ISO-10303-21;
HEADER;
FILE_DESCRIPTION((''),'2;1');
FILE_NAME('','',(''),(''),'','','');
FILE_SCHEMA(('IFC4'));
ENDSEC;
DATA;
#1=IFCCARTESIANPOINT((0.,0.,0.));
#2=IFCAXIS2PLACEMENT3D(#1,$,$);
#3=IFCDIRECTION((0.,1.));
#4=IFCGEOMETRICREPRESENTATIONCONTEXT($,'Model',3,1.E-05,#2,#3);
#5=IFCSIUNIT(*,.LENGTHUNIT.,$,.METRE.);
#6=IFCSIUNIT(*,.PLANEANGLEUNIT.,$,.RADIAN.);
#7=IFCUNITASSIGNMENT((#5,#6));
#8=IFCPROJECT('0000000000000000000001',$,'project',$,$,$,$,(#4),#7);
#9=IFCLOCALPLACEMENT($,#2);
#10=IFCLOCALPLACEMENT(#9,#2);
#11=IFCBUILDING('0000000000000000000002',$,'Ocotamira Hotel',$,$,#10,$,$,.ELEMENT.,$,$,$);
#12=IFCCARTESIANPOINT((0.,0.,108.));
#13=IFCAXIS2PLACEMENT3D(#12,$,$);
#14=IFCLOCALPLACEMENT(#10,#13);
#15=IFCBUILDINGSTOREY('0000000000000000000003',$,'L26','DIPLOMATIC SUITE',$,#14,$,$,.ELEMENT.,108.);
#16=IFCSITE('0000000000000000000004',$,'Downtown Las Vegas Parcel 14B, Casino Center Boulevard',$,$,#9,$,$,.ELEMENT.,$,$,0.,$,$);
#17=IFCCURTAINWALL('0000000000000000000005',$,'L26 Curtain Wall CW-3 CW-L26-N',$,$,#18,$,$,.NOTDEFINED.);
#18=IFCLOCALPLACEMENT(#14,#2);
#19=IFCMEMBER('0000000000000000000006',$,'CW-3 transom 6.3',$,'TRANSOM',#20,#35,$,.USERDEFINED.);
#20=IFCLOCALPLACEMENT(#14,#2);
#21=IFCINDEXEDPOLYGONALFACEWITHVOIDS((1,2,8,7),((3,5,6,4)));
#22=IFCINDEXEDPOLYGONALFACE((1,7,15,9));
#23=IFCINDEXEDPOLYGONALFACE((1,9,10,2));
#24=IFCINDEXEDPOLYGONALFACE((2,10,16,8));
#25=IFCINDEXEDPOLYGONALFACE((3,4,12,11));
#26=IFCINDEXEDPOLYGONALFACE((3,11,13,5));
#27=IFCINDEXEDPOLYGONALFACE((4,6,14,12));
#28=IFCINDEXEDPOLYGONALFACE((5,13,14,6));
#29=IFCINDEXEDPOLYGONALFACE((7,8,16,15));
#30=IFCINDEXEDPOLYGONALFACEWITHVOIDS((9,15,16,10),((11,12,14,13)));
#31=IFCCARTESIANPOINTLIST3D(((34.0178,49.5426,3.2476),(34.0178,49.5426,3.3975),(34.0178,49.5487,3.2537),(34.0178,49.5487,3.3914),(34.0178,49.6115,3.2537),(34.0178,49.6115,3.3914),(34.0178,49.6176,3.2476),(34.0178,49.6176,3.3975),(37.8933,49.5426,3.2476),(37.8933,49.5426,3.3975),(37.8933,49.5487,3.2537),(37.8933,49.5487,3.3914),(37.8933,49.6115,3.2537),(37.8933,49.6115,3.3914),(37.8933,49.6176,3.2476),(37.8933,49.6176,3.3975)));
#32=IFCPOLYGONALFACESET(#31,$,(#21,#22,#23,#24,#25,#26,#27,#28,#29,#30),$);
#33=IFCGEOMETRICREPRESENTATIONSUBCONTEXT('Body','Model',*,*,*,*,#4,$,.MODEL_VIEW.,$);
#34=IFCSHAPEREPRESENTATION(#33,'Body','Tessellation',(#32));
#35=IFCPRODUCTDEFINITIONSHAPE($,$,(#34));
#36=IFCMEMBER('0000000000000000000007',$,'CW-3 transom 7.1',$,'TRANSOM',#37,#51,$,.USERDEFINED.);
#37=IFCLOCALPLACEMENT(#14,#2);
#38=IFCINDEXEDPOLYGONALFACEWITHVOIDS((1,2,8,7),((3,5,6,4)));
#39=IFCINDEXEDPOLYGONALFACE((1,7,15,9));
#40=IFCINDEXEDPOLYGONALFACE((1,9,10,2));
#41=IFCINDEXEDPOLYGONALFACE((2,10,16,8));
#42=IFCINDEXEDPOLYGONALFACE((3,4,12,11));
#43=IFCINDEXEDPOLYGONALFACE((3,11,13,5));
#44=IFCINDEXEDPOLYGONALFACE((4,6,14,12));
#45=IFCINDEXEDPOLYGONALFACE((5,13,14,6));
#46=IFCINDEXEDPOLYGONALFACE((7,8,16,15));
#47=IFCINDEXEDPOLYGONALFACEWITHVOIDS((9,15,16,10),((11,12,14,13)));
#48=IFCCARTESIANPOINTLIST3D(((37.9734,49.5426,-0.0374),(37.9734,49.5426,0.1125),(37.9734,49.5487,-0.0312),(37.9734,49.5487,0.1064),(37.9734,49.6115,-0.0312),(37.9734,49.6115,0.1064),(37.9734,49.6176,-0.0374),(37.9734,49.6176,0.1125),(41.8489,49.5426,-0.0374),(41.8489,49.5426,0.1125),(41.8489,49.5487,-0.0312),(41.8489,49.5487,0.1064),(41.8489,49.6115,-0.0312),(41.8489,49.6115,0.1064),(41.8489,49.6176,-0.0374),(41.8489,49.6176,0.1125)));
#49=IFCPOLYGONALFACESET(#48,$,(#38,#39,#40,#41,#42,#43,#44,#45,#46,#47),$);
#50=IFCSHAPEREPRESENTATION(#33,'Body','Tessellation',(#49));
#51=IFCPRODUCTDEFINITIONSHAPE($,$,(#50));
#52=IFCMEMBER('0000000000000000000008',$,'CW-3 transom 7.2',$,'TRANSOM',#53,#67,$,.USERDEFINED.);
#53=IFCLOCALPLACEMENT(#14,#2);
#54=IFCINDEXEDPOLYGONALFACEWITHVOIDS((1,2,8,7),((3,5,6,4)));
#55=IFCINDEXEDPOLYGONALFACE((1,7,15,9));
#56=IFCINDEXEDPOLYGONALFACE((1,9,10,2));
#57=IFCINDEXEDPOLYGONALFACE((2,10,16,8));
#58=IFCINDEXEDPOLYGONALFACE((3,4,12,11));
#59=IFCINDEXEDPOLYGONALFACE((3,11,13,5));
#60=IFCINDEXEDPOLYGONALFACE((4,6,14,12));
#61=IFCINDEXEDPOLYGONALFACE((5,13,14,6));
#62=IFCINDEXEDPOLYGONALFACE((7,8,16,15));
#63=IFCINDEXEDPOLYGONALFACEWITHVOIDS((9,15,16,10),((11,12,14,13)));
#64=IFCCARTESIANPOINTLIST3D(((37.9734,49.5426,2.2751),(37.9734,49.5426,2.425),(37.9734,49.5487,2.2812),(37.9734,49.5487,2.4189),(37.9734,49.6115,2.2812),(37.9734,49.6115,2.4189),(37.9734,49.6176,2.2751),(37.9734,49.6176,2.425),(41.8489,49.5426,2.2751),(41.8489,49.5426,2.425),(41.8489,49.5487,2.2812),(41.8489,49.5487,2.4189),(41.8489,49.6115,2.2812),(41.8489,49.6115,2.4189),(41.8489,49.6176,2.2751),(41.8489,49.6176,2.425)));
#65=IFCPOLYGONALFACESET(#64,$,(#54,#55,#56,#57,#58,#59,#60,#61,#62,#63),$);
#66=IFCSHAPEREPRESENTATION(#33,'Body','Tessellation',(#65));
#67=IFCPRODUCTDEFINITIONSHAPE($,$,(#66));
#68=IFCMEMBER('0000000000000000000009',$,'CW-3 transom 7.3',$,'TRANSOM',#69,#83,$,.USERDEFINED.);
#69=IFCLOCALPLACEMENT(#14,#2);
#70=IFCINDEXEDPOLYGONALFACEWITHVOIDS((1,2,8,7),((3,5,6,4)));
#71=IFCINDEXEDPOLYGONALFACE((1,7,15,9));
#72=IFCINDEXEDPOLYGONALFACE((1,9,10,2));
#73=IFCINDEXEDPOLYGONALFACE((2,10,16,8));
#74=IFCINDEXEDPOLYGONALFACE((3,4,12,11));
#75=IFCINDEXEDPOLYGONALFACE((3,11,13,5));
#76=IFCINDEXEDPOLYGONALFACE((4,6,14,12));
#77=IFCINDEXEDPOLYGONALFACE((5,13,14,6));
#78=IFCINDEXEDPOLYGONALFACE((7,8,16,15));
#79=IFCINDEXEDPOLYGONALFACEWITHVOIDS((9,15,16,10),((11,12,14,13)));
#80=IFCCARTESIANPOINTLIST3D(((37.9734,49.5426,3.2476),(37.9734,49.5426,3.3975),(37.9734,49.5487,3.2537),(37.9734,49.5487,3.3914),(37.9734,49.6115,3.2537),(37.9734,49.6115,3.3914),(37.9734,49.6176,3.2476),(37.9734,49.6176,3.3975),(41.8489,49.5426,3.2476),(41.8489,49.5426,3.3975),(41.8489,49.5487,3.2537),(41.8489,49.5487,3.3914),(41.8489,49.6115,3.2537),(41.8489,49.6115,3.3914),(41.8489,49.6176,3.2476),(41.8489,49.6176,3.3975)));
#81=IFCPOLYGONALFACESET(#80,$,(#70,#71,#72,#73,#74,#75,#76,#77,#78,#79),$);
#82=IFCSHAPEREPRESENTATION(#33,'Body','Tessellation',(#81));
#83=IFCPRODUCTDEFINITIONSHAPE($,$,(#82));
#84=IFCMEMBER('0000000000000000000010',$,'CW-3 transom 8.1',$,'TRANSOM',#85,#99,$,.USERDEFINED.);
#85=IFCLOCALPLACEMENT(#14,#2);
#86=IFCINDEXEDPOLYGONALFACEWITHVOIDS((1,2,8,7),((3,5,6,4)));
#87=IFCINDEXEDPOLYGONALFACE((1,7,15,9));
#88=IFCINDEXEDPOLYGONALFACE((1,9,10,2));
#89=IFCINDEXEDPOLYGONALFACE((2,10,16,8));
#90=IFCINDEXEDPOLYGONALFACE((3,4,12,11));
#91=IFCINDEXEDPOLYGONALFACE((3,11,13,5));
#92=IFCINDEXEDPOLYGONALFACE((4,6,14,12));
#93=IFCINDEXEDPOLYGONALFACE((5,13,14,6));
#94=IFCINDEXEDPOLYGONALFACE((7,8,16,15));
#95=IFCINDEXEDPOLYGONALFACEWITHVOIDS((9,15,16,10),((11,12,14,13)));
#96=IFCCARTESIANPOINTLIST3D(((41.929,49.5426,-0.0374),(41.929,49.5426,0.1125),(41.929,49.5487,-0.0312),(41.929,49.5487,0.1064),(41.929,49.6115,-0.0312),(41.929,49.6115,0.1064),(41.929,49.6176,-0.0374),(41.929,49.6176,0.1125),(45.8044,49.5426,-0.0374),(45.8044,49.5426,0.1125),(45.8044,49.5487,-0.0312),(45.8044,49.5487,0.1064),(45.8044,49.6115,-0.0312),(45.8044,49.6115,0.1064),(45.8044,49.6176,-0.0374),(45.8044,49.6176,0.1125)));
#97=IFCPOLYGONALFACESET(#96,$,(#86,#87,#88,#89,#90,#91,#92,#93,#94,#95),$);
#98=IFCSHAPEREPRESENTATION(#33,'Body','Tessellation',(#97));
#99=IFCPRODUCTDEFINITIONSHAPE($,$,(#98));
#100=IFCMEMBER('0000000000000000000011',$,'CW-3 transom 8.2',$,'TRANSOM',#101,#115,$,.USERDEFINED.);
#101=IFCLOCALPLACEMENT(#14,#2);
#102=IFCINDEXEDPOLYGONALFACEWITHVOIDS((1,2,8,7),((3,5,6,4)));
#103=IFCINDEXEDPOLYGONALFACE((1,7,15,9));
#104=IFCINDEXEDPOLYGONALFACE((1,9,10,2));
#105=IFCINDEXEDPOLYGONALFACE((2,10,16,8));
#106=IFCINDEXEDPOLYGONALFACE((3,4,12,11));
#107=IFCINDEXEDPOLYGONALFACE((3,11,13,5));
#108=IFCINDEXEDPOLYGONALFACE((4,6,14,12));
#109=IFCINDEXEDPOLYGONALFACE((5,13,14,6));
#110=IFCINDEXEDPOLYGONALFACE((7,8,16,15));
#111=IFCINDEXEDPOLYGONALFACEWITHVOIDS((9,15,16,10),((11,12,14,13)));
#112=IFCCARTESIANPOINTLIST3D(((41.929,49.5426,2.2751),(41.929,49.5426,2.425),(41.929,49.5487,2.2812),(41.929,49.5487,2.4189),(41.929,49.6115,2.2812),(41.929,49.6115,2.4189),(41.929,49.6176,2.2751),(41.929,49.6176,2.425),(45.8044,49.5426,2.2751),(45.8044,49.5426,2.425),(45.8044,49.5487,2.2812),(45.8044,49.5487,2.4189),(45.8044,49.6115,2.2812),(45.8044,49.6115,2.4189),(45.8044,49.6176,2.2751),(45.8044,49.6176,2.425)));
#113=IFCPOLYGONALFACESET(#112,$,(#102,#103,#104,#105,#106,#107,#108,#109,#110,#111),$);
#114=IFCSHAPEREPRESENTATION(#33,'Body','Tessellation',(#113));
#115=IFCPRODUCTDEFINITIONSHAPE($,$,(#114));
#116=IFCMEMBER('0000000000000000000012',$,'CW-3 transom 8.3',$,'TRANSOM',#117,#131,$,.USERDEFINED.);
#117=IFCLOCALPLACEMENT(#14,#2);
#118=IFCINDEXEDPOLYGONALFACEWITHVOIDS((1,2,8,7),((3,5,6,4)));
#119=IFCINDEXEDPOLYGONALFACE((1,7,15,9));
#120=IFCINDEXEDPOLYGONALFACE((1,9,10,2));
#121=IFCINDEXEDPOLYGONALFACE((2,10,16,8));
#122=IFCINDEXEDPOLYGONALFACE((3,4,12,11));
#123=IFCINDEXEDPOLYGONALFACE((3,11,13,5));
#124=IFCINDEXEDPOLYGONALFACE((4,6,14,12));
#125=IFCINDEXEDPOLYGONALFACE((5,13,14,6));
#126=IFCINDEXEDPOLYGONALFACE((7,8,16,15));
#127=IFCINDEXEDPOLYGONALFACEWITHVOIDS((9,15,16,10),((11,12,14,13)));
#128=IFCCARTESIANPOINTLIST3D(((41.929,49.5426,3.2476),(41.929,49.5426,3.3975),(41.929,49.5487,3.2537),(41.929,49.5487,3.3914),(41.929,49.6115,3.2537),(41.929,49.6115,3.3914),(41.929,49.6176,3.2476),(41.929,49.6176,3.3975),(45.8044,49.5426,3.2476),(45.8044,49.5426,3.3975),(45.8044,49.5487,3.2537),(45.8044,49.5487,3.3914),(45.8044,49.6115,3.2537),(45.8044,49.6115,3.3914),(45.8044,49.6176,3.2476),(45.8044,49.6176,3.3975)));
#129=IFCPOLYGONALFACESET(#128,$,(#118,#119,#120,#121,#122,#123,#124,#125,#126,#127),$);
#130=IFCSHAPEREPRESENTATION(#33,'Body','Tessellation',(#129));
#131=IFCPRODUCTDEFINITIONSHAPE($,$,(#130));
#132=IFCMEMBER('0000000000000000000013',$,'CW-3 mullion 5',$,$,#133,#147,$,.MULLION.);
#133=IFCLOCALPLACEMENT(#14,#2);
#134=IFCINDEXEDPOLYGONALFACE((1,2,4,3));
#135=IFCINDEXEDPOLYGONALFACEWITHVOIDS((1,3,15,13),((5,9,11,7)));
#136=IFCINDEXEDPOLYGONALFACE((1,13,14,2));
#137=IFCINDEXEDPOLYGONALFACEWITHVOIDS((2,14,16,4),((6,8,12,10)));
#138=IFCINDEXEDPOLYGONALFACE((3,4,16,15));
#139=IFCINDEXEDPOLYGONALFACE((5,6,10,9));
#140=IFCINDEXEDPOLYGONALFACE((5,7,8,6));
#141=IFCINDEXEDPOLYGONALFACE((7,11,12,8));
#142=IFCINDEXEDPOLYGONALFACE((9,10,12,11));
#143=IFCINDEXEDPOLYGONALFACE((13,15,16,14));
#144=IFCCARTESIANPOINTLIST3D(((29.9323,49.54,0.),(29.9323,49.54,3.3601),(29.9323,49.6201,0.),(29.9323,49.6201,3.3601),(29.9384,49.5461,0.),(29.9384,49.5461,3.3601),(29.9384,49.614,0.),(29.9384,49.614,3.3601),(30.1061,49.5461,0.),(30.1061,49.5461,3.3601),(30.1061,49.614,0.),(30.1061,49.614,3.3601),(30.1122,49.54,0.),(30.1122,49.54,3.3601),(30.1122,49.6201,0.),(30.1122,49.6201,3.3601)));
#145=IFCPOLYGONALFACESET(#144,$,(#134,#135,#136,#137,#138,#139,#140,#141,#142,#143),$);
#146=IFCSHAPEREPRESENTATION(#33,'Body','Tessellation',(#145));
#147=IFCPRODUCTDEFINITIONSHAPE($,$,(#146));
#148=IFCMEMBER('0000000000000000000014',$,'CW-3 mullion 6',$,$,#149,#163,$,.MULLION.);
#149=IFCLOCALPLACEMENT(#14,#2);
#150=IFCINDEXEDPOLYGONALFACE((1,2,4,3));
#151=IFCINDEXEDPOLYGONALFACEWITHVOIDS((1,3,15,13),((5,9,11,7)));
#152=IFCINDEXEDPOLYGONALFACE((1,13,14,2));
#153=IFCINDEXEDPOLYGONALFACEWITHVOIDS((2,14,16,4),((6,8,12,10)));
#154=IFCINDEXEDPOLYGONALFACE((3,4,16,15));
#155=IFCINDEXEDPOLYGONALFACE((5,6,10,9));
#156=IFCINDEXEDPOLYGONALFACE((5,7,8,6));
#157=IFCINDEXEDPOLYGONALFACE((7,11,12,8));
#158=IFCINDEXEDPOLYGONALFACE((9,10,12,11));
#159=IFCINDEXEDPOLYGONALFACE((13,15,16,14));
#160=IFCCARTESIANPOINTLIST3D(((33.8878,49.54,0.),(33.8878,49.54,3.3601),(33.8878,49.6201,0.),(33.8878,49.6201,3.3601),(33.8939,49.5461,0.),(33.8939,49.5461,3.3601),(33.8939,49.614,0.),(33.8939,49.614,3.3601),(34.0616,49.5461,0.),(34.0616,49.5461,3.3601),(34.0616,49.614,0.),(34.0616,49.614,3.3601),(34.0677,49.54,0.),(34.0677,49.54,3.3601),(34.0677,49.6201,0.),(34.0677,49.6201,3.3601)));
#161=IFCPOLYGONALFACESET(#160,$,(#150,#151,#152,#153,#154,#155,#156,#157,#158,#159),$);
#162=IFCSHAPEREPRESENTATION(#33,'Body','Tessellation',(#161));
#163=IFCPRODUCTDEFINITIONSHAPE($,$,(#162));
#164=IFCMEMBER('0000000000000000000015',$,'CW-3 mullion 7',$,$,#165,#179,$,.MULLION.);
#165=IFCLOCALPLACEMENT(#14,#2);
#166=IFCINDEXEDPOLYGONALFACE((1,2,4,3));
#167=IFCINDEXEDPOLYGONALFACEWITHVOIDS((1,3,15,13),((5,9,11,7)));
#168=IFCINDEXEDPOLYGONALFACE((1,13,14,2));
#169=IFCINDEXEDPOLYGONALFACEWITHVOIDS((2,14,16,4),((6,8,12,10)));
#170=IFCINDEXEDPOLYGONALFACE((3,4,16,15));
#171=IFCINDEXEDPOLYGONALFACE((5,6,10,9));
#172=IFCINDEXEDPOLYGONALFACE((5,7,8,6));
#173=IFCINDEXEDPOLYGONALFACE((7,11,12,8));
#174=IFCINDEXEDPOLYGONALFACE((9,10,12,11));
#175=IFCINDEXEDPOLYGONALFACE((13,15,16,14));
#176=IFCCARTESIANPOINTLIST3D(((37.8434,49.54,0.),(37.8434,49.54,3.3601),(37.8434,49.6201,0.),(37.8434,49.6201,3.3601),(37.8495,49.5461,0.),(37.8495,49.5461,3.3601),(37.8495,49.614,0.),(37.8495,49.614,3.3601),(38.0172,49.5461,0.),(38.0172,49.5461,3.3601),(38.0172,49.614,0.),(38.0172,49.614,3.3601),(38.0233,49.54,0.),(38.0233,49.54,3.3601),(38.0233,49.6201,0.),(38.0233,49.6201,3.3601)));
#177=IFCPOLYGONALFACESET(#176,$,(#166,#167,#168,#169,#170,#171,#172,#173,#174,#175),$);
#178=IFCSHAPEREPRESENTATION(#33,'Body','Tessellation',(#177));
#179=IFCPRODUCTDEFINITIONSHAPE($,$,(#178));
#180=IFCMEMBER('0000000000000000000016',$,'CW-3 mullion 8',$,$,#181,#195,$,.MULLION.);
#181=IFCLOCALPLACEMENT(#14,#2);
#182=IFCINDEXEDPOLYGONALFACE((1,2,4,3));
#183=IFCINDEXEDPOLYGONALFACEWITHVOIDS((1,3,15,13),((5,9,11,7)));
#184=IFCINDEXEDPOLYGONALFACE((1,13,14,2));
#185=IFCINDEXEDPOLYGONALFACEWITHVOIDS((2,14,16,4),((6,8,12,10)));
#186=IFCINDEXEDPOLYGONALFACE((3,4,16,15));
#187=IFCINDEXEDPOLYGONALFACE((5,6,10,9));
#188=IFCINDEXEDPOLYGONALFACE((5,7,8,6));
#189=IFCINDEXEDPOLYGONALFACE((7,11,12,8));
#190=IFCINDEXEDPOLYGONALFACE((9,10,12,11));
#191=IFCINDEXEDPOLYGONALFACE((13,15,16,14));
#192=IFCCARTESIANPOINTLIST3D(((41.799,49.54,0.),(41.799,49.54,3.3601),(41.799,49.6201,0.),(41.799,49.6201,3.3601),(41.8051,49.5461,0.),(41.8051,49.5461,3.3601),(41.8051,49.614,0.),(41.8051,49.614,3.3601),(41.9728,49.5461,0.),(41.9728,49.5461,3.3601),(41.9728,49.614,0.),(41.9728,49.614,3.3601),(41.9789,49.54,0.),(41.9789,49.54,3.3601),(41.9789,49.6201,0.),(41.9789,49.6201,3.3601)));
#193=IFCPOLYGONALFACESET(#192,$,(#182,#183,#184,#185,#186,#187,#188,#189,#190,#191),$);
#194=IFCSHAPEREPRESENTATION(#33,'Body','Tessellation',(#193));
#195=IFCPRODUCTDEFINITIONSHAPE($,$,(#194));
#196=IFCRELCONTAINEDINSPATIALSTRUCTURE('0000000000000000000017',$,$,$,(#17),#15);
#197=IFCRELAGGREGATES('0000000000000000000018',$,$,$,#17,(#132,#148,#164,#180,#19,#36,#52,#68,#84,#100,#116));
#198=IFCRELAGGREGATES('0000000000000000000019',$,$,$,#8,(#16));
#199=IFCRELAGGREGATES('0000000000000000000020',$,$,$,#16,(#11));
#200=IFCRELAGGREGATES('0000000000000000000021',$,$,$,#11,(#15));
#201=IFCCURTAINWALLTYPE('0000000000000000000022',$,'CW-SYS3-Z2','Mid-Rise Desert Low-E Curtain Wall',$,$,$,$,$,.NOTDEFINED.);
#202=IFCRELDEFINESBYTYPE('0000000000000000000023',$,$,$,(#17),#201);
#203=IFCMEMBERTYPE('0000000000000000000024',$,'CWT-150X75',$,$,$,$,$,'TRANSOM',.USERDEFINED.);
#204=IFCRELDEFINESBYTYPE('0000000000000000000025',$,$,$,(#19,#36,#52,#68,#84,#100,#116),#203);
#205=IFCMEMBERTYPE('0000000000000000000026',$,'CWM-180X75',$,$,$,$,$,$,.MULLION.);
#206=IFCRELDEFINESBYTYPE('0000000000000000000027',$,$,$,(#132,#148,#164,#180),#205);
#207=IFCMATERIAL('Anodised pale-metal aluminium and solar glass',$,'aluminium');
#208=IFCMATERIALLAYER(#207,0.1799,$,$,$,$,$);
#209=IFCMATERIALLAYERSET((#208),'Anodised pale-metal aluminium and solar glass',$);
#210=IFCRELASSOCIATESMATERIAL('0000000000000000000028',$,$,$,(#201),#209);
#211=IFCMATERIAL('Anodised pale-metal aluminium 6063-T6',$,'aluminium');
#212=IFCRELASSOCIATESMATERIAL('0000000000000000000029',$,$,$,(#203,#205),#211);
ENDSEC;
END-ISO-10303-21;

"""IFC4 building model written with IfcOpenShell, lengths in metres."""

from ifc_helpers import new_model, si_unit, direction, frame, origin, origin_2d, place, context, subcontext, project, spatial, hollow_rectangle, extrude, source, transform, mapped, material, layer, layer_set, material_profile, profile_set, type_object, element, aggregate, save


model = new_model("IFC4")

# Units and contexts
model_context = context("Model", 3, precision=1e-05, world=origin(), true_north=direction((0.0, 1.0)))
body_context = subcontext(model_context, "Body", "Model", "MODEL_VIEW")
ifc_project = project(units=[si_unit("LENGTHUNIT", "METRE"), si_unit("PLANEANGLEUNIT", "RADIAN")], contexts=[model_context])

# Site, building, storey
site_placement = place(None, origin())
site = spatial("IfcSite", under=ifc_project, at=site_placement, Name="Downtown Las Vegas Parcel 14B, Casino Center Boulevard", CompositionType="ELEMENT", RefElevation=0.0)
building_placement = place(site_placement, origin())
building = spatial("IfcBuilding", under=site, at=building_placement, Name="Ocotamira Hotel", CompositionType="ELEMENT")
storey_placement = place(building_placement, frame((0.0, 0.0, 108.0)))
storey = spatial("IfcBuildingStorey", under=building, at=storey_placement, Name="L26", Description="DIPLOMATIC SUITE", CompositionType="ELEMENT", Elevation=108.0)

# Curtain wall, members
ifc_material_1 = material(Name="Anodised pale-metal aluminium and solar glass", Category="aluminium")
ifc_layer_1 = layer(ifc_material_1, 0.1799)
ifc_layer_set_1 = layer_set([ifc_layer_1], Name="Anodised pale-metal aluminium and solar glass")
curtain_wall_type = type_object("IfcCurtainWallType", Name="CW-SYS3-Z2", Description="Mid-Rise Desert Low-E Curtain Wall", PredefinedType="NOTDEFINED", material=ifc_layer_set_1)
curtain_wall_placement = place(storey_placement, origin())
curtain_wall = element("IfcCurtainWall", 1, at=curtain_wall_placement, inside=storey, type_object=curtain_wall_type, Name="L26 Curtain Wall CW-3 CW-L26-N", PredefinedType="NOTDEFINED")
ifc_material_2 = material(Name="Anodised pale-metal aluminium 6063-T6", Category="aluminium")
ifc_material_profile_1 = material_profile(ifc_material_2, hollow_rectangle(XDim=0.075, YDim=0.1499, WallThickness=0.0061, at=origin_2d()), Name="HSS150X75X6")
ifc_profile_set_1 = profile_set([ifc_material_profile_1], Name="Anodised pale-metal aluminium 6063-T6")
member_type_1 = type_object("IfcMemberType", Name="CWT-150X75", ElementType="TRANSOM", PredefinedType="USERDEFINED", material=ifc_profile_set_1)
shared_shape_1 = source(origin(), body_context, "Body", "SweptSolid", [
    extrude(hollow_rectangle(XDim=0.075, YDim=0.1499, WallThickness=0.0061, at=origin_2d()), origin(), (0.0, 0.0, 1.0), 3.8755),
])
member_1_placement = place(storey_placement, frame((34.0178, 49.5801, 3.3225), z_axis=(1.0, 0.0, 0.0), x_axis=(0.0, 1.0, 0.0)))
member_1 = element("IfcMember", 2, at=member_1_placement, type_object=member_type_1, Name="CW-3 transom 6.3", ObjectType="TRANSOM", PredefinedType="USERDEFINED", context=body_context, shape_type="MappedRepresentation", body=[
    mapped(shared_shape_1, transform((0.0, 0.0, 0.0), scale=1.0)),
])
member_2_placement = place(storey_placement, frame((37.9734, 49.5801, 0.0376), z_axis=(1.0, 0.0, 0.0), x_axis=(0.0, 1.0, 0.0)))
member_2 = element("IfcMember", 3, at=member_2_placement, type_object=member_type_1, Name="CW-3 transom 7.1", ObjectType="TRANSOM", PredefinedType="USERDEFINED", context=body_context, shape_type="MappedRepresentation", body=[
    mapped(shared_shape_1, transform((0.0, 0.0, 0.0), scale=1.0)),
])
member_3_placement = place(storey_placement, frame((37.9734, 49.5801, 2.3501), z_axis=(1.0, 0.0, 0.0), x_axis=(0.0, 1.0, 0.0)))
member_3 = element("IfcMember", 4, at=member_3_placement, type_object=member_type_1, Name="CW-3 transom 7.2", ObjectType="TRANSOM", PredefinedType="USERDEFINED", context=body_context, shape_type="MappedRepresentation", body=[
    mapped(shared_shape_1, transform((0.0, 0.0, 0.0), scale=1.0)),
])
member_4_placement = place(storey_placement, frame((37.9734, 49.5801, 3.3225), z_axis=(1.0, 0.0, 0.0), x_axis=(0.0, 1.0, 0.0)))
member_4 = element("IfcMember", 5, at=member_4_placement, type_object=member_type_1, Name="CW-3 transom 7.3", ObjectType="TRANSOM", PredefinedType="USERDEFINED", context=body_context, shape_type="MappedRepresentation", body=[
    mapped(shared_shape_1, transform((0.0, 0.0, 0.0), scale=1.0)),
])
member_5_placement = place(storey_placement, frame((41.929, 49.5801, 0.0376), z_axis=(1.0, 0.0, 0.0), x_axis=(0.0, 1.0, 0.0)))
member_5 = element("IfcMember", 6, at=member_5_placement, type_object=member_type_1, Name="CW-3 transom 8.1", ObjectType="TRANSOM", PredefinedType="USERDEFINED", context=body_context, shape_type="MappedRepresentation", body=[
    mapped(shared_shape_1, transform((0.0, 0.0, 0.0), scale=1.0)),
])
member_6_placement = place(storey_placement, frame((41.929, 49.5801, 2.3501), z_axis=(1.0, 0.0, 0.0), x_axis=(0.0, 1.0, 0.0)))
member_6 = element("IfcMember", 7, at=member_6_placement, type_object=member_type_1, Name="CW-3 transom 8.2", ObjectType="TRANSOM", PredefinedType="USERDEFINED", context=body_context, shape_type="MappedRepresentation", body=[
    mapped(shared_shape_1, transform((0.0, 0.0, 0.0), scale=1.0)),
])
member_7_placement = place(storey_placement, frame((41.929, 49.5801, 3.3225), z_axis=(1.0, 0.0, 0.0), x_axis=(0.0, 1.0, 0.0)))
member_7 = element("IfcMember", 8, at=member_7_placement, type_object=member_type_1, Name="CW-3 transom 8.3", ObjectType="TRANSOM", PredefinedType="USERDEFINED", context=body_context, shape_type="MappedRepresentation", body=[
    mapped(shared_shape_1, transform((0.0, 0.0, 0.0), scale=1.0)),
])
ifc_material_profile_2 = material_profile(ifc_material_2, hollow_rectangle(XDim=0.0801, YDim=0.1799, WallThickness=0.0061, at=origin_2d()), Name="HSS180X80X6")
ifc_profile_set_2 = profile_set([ifc_material_profile_2], Name="Anodised pale-metal aluminium 6063-T6")
member_type_2 = type_object("IfcMemberType", Name="CWM-180X75", PredefinedType="MULLION", material=ifc_profile_set_2)
shared_shape_2 = source(origin(), body_context, "Body", "SweptSolid", [
    extrude(hollow_rectangle(XDim=0.0801, YDim=0.1799, WallThickness=0.0061, at=origin_2d()), origin(), (0.0, 0.0, 1.0), 3.3601),
])
member_8_placement = place(storey_placement, frame((30.0222, 49.5801, 0.0), z_axis=(0.0, 0.0, 1.0), x_axis=(0.0, 1.0, 0.0)))
member_8 = element("IfcMember", 9, at=member_8_placement, type_object=member_type_2, Name="CW-3 mullion 5", PredefinedType="MULLION", context=body_context, shape_type="MappedRepresentation", body=[
    mapped(shared_shape_2, transform((0.0, 0.0, 0.0), scale=1.0)),
])
member_9_placement = place(storey_placement, frame((33.9778, 49.5801, 0.0), z_axis=(0.0, 0.0, 1.0), x_axis=(0.0, 1.0, 0.0)))
member_9 = element("IfcMember", 10, at=member_9_placement, type_object=member_type_2, Name="CW-3 mullion 6", PredefinedType="MULLION", context=body_context, shape_type="MappedRepresentation", body=[
    mapped(shared_shape_2, transform((0.0, 0.0, 0.0), scale=1.0)),
])
member_10_placement = place(storey_placement, frame((37.9333, 49.5801, 0.0), z_axis=(0.0, 0.0, 1.0), x_axis=(0.0, 1.0, 0.0)))
member_10 = element("IfcMember", 11, at=member_10_placement, type_object=member_type_2, Name="CW-3 mullion 7", PredefinedType="MULLION", context=body_context, shape_type="MappedRepresentation", body=[
    mapped(shared_shape_2, transform((0.0, 0.0, 0.0), scale=1.0)),
])
member_11_placement = place(storey_placement, frame((41.8889, 49.5801, 0.0), z_axis=(0.0, 0.0, 1.0), x_axis=(0.0, 1.0, 0.0)))
member_11 = element("IfcMember", 12, at=member_11_placement, type_object=member_type_2, Name="CW-3 mullion 8", PredefinedType="MULLION", context=body_context, shape_type="MappedRepresentation", body=[
    mapped(shared_shape_2, transform((0.0, 0.0, 0.0), scale=1.0)),
])

aggregate(curtain_wall, [member_8, member_9, member_10, member_11, member_1, member_2, member_3, member_4, member_5, member_6, member_7])

save(model, "model.ifc")
